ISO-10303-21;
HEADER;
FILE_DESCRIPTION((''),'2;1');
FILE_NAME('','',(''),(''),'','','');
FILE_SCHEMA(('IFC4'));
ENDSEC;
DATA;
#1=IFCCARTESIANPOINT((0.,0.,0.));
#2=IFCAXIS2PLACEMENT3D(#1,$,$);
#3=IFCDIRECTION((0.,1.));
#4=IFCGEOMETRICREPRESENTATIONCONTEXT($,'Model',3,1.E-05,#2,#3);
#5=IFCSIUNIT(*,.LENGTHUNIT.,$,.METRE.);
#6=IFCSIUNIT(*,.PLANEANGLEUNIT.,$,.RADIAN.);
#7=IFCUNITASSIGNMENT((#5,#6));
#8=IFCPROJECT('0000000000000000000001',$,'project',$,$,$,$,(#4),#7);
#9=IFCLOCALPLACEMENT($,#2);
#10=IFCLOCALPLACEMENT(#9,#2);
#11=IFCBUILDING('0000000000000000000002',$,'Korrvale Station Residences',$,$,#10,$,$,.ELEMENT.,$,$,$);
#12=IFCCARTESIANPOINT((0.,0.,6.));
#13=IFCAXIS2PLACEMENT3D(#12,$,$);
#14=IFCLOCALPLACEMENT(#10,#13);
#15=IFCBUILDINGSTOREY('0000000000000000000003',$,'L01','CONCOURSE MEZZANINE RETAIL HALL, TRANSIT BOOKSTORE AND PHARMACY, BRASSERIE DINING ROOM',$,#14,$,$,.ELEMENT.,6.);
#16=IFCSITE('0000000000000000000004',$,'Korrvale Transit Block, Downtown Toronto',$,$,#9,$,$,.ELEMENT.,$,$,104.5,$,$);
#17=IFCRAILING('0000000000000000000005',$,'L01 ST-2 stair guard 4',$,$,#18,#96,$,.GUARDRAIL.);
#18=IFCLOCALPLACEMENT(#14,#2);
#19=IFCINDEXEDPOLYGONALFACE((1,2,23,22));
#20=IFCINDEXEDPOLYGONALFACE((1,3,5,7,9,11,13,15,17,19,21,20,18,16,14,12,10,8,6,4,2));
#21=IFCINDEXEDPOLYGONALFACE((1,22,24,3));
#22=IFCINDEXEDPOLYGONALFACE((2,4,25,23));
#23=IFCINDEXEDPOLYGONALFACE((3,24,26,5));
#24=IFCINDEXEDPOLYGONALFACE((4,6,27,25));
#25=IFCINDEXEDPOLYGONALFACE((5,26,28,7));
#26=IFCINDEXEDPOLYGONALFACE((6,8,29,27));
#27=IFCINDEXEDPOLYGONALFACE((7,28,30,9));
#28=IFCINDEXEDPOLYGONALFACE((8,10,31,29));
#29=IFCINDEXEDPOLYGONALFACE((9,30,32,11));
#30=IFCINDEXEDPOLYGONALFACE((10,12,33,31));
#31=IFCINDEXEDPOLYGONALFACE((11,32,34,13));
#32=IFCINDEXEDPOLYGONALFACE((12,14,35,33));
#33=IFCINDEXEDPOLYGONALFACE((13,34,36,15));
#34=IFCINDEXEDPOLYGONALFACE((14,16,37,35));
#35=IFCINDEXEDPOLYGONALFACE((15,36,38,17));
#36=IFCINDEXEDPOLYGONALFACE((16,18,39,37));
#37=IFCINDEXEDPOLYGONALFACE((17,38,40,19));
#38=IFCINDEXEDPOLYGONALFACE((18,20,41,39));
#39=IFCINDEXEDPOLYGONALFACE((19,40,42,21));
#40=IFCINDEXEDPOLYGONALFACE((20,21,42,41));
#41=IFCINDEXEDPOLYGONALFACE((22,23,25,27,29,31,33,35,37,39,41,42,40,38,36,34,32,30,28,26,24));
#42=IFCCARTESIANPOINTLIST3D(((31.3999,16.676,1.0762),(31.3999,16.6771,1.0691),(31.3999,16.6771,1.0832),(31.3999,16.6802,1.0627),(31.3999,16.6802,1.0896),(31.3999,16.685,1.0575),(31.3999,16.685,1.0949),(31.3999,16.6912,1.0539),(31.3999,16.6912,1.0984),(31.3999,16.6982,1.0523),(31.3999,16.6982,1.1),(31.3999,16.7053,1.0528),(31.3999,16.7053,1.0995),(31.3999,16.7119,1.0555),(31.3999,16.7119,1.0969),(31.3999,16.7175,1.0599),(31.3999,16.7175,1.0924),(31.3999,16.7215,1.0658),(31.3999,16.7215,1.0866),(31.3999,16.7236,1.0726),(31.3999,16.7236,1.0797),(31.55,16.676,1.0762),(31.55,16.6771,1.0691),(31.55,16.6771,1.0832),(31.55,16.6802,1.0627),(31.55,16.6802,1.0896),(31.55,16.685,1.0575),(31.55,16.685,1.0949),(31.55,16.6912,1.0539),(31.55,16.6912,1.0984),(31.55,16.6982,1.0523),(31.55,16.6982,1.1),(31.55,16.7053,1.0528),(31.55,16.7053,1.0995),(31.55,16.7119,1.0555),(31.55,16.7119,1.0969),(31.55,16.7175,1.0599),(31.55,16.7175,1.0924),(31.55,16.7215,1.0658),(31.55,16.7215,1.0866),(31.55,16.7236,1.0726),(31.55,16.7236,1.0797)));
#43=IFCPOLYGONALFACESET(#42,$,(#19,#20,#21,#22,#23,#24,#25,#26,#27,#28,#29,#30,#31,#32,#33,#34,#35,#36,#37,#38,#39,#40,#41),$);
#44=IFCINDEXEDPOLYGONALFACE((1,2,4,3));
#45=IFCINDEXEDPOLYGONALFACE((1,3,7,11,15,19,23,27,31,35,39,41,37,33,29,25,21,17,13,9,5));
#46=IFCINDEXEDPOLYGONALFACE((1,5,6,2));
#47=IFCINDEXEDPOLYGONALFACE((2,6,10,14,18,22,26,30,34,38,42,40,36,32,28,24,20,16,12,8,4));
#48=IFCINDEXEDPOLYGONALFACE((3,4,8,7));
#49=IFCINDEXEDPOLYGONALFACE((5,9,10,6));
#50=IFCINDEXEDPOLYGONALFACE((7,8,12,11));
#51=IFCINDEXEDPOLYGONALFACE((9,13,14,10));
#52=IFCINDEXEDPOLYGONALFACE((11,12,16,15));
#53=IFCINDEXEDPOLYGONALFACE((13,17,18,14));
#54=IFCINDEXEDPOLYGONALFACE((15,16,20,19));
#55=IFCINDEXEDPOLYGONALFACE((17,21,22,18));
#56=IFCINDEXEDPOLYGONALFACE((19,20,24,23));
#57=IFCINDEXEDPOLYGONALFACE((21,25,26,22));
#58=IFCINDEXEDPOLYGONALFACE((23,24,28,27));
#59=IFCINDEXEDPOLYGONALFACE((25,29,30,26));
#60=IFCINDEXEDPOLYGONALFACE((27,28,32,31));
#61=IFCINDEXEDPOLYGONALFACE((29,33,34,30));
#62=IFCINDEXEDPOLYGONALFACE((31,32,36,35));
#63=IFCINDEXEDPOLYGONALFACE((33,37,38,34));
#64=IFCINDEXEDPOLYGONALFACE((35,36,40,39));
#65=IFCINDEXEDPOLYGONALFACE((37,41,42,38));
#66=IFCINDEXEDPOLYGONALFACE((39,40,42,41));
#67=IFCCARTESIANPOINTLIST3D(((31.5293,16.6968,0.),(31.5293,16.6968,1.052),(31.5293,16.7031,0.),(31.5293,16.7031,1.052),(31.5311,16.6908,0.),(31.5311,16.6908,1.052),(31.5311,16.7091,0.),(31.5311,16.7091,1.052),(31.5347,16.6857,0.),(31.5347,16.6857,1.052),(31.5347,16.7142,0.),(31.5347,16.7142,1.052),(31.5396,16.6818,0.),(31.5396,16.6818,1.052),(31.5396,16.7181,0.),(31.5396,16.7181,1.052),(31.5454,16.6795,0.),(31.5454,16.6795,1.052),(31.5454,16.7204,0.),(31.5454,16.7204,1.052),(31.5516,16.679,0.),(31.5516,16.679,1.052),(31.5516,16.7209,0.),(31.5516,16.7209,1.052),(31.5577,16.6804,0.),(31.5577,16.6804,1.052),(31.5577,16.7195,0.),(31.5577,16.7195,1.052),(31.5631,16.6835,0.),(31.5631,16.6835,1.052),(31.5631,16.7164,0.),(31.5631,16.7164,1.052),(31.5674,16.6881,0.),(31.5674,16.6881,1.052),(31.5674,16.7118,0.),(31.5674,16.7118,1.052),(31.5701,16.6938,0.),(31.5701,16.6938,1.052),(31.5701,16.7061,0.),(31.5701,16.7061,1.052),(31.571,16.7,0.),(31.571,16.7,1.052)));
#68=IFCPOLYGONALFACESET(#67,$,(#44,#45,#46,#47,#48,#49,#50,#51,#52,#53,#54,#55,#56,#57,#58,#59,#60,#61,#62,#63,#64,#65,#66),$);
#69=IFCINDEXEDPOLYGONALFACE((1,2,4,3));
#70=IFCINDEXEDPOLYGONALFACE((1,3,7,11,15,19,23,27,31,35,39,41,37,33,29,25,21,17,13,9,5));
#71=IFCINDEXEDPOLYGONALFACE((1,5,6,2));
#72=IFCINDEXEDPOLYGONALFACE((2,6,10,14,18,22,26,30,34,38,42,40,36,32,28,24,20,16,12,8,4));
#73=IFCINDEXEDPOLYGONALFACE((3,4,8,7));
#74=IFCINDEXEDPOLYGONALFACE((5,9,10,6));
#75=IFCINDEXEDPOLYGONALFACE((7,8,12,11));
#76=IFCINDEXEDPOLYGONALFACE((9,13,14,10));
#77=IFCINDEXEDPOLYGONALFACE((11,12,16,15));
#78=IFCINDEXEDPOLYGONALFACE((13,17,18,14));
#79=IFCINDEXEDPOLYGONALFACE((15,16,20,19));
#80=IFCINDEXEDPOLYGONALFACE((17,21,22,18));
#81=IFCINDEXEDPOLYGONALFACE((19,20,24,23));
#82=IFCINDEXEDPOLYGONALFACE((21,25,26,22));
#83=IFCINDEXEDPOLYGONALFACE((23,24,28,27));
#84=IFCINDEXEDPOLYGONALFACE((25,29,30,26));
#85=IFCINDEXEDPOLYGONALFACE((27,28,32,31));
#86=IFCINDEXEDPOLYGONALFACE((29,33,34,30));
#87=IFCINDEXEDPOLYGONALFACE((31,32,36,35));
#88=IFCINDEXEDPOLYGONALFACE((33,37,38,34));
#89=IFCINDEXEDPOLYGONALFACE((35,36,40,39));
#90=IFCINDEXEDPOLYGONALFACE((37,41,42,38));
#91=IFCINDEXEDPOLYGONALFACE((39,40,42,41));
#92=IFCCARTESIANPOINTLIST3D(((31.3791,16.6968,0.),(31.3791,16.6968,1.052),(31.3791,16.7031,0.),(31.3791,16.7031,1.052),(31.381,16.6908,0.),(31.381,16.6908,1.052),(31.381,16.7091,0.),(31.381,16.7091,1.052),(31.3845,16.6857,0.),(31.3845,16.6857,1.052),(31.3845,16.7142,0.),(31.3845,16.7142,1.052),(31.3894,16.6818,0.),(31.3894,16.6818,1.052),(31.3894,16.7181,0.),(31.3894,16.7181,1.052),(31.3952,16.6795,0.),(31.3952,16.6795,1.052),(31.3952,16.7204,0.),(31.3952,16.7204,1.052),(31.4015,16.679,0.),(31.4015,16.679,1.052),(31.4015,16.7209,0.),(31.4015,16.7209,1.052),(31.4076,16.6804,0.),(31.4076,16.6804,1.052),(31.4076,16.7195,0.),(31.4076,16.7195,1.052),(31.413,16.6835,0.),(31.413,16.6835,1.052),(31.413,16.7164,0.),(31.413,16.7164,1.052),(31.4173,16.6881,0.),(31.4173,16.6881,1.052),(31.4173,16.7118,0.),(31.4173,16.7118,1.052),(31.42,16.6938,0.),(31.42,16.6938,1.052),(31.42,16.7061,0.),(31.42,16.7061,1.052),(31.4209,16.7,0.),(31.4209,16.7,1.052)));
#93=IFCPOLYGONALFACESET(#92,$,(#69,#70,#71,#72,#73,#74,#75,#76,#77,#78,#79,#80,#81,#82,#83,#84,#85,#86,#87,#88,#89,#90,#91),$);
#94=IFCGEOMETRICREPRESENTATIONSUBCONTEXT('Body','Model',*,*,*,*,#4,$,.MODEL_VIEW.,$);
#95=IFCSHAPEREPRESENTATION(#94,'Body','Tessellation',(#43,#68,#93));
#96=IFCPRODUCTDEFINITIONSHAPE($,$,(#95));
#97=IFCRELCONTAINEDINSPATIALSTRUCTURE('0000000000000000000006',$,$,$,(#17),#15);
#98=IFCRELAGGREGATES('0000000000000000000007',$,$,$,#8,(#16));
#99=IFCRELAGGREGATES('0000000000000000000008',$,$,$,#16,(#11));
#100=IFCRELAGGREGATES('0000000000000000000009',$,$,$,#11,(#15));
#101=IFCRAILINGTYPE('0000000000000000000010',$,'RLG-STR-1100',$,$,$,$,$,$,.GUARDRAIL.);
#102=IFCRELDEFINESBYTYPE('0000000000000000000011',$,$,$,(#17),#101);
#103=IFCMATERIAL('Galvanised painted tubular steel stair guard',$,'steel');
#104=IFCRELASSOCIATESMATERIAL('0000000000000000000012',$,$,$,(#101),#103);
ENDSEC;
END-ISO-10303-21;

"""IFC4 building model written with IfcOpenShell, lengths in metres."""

from ifc_helpers import new_model, si_unit, direction, frame, origin, origin_2d, place, context, subcontext, project, spatial, circle, extrude, material, type_object, element, save


model = new_model("IFC4")

# Units and contexts
model_context = context("Model", 3, precision=1e-05, world=origin(), true_north=direction((0.0, 1.0)))
body_context = subcontext(model_context, "Body", "Model", "MODEL_VIEW")
ifc_project = project(units=[si_unit("LENGTHUNIT", "METRE"), si_unit("PLANEANGLEUNIT", "RADIAN")], contexts=[model_context])

# Site, building, storey
site_placement = place(None, origin())
site = spatial("IfcSite", under=ifc_project, at=site_placement, Name="Korrvale Transit Block, Downtown Toronto", CompositionType="ELEMENT", RefElevation=104.5)
building_placement = place(site_placement, origin())
building = spatial("IfcBuilding", under=site, at=building_placement, Name="Korrvale Station Residences", CompositionType="ELEMENT")
storey_placement = place(building_placement, frame((0.0, 0.0, 6.0)))
storey = spatial("IfcBuildingStorey", under=building, at=storey_placement, Name="L01", Description="CONCOURSE MEZZANINE RETAIL HALL, TRANSIT BOOKSTORE AND PHARMACY, BRASSERIE DINING ROOM", CompositionType="ELEMENT", Elevation=6.0)

# Railing
ifc_material_1 = material(Name="Galvanised painted tubular steel stair guard", Category="steel")
railing_type_1 = type_object("IfcRailingType", Name="RLG-STR-1100", PredefinedType="GUARDRAIL", material=ifc_material_1)
railing_1_placement = place(storey_placement, frame((31.55, 16.7, 0.0)))
element("IfcRailing", 1, at=railing_1_placement, inside=storey, type_object=railing_type_1, Name="L01 ST-2 stair guard 4", PredefinedType="GUARDRAIL", context=body_context, shape_type="SweptSolid", body=[
    extrude(circle(Radius=0.0239, at=origin_2d()), frame((0.0, 0.0, 1.0762), z_axis=(-1.0, 0.0, 0.0), x_axis=(0.0, -1.0, 0.0)), (0.0, 0.0, 1.0), 0.1501),
    extrude(circle(Radius=0.021, at=origin_2d()), origin(), (0.0, 0.0, 1.0), 1.052),
    extrude(circle(Radius=0.021, at=origin_2d()), frame((-0.1501, 0.0, 0.0)), (0.0, 0.0, 1.0), 1.052),
])

save(model, "model.ifc")
